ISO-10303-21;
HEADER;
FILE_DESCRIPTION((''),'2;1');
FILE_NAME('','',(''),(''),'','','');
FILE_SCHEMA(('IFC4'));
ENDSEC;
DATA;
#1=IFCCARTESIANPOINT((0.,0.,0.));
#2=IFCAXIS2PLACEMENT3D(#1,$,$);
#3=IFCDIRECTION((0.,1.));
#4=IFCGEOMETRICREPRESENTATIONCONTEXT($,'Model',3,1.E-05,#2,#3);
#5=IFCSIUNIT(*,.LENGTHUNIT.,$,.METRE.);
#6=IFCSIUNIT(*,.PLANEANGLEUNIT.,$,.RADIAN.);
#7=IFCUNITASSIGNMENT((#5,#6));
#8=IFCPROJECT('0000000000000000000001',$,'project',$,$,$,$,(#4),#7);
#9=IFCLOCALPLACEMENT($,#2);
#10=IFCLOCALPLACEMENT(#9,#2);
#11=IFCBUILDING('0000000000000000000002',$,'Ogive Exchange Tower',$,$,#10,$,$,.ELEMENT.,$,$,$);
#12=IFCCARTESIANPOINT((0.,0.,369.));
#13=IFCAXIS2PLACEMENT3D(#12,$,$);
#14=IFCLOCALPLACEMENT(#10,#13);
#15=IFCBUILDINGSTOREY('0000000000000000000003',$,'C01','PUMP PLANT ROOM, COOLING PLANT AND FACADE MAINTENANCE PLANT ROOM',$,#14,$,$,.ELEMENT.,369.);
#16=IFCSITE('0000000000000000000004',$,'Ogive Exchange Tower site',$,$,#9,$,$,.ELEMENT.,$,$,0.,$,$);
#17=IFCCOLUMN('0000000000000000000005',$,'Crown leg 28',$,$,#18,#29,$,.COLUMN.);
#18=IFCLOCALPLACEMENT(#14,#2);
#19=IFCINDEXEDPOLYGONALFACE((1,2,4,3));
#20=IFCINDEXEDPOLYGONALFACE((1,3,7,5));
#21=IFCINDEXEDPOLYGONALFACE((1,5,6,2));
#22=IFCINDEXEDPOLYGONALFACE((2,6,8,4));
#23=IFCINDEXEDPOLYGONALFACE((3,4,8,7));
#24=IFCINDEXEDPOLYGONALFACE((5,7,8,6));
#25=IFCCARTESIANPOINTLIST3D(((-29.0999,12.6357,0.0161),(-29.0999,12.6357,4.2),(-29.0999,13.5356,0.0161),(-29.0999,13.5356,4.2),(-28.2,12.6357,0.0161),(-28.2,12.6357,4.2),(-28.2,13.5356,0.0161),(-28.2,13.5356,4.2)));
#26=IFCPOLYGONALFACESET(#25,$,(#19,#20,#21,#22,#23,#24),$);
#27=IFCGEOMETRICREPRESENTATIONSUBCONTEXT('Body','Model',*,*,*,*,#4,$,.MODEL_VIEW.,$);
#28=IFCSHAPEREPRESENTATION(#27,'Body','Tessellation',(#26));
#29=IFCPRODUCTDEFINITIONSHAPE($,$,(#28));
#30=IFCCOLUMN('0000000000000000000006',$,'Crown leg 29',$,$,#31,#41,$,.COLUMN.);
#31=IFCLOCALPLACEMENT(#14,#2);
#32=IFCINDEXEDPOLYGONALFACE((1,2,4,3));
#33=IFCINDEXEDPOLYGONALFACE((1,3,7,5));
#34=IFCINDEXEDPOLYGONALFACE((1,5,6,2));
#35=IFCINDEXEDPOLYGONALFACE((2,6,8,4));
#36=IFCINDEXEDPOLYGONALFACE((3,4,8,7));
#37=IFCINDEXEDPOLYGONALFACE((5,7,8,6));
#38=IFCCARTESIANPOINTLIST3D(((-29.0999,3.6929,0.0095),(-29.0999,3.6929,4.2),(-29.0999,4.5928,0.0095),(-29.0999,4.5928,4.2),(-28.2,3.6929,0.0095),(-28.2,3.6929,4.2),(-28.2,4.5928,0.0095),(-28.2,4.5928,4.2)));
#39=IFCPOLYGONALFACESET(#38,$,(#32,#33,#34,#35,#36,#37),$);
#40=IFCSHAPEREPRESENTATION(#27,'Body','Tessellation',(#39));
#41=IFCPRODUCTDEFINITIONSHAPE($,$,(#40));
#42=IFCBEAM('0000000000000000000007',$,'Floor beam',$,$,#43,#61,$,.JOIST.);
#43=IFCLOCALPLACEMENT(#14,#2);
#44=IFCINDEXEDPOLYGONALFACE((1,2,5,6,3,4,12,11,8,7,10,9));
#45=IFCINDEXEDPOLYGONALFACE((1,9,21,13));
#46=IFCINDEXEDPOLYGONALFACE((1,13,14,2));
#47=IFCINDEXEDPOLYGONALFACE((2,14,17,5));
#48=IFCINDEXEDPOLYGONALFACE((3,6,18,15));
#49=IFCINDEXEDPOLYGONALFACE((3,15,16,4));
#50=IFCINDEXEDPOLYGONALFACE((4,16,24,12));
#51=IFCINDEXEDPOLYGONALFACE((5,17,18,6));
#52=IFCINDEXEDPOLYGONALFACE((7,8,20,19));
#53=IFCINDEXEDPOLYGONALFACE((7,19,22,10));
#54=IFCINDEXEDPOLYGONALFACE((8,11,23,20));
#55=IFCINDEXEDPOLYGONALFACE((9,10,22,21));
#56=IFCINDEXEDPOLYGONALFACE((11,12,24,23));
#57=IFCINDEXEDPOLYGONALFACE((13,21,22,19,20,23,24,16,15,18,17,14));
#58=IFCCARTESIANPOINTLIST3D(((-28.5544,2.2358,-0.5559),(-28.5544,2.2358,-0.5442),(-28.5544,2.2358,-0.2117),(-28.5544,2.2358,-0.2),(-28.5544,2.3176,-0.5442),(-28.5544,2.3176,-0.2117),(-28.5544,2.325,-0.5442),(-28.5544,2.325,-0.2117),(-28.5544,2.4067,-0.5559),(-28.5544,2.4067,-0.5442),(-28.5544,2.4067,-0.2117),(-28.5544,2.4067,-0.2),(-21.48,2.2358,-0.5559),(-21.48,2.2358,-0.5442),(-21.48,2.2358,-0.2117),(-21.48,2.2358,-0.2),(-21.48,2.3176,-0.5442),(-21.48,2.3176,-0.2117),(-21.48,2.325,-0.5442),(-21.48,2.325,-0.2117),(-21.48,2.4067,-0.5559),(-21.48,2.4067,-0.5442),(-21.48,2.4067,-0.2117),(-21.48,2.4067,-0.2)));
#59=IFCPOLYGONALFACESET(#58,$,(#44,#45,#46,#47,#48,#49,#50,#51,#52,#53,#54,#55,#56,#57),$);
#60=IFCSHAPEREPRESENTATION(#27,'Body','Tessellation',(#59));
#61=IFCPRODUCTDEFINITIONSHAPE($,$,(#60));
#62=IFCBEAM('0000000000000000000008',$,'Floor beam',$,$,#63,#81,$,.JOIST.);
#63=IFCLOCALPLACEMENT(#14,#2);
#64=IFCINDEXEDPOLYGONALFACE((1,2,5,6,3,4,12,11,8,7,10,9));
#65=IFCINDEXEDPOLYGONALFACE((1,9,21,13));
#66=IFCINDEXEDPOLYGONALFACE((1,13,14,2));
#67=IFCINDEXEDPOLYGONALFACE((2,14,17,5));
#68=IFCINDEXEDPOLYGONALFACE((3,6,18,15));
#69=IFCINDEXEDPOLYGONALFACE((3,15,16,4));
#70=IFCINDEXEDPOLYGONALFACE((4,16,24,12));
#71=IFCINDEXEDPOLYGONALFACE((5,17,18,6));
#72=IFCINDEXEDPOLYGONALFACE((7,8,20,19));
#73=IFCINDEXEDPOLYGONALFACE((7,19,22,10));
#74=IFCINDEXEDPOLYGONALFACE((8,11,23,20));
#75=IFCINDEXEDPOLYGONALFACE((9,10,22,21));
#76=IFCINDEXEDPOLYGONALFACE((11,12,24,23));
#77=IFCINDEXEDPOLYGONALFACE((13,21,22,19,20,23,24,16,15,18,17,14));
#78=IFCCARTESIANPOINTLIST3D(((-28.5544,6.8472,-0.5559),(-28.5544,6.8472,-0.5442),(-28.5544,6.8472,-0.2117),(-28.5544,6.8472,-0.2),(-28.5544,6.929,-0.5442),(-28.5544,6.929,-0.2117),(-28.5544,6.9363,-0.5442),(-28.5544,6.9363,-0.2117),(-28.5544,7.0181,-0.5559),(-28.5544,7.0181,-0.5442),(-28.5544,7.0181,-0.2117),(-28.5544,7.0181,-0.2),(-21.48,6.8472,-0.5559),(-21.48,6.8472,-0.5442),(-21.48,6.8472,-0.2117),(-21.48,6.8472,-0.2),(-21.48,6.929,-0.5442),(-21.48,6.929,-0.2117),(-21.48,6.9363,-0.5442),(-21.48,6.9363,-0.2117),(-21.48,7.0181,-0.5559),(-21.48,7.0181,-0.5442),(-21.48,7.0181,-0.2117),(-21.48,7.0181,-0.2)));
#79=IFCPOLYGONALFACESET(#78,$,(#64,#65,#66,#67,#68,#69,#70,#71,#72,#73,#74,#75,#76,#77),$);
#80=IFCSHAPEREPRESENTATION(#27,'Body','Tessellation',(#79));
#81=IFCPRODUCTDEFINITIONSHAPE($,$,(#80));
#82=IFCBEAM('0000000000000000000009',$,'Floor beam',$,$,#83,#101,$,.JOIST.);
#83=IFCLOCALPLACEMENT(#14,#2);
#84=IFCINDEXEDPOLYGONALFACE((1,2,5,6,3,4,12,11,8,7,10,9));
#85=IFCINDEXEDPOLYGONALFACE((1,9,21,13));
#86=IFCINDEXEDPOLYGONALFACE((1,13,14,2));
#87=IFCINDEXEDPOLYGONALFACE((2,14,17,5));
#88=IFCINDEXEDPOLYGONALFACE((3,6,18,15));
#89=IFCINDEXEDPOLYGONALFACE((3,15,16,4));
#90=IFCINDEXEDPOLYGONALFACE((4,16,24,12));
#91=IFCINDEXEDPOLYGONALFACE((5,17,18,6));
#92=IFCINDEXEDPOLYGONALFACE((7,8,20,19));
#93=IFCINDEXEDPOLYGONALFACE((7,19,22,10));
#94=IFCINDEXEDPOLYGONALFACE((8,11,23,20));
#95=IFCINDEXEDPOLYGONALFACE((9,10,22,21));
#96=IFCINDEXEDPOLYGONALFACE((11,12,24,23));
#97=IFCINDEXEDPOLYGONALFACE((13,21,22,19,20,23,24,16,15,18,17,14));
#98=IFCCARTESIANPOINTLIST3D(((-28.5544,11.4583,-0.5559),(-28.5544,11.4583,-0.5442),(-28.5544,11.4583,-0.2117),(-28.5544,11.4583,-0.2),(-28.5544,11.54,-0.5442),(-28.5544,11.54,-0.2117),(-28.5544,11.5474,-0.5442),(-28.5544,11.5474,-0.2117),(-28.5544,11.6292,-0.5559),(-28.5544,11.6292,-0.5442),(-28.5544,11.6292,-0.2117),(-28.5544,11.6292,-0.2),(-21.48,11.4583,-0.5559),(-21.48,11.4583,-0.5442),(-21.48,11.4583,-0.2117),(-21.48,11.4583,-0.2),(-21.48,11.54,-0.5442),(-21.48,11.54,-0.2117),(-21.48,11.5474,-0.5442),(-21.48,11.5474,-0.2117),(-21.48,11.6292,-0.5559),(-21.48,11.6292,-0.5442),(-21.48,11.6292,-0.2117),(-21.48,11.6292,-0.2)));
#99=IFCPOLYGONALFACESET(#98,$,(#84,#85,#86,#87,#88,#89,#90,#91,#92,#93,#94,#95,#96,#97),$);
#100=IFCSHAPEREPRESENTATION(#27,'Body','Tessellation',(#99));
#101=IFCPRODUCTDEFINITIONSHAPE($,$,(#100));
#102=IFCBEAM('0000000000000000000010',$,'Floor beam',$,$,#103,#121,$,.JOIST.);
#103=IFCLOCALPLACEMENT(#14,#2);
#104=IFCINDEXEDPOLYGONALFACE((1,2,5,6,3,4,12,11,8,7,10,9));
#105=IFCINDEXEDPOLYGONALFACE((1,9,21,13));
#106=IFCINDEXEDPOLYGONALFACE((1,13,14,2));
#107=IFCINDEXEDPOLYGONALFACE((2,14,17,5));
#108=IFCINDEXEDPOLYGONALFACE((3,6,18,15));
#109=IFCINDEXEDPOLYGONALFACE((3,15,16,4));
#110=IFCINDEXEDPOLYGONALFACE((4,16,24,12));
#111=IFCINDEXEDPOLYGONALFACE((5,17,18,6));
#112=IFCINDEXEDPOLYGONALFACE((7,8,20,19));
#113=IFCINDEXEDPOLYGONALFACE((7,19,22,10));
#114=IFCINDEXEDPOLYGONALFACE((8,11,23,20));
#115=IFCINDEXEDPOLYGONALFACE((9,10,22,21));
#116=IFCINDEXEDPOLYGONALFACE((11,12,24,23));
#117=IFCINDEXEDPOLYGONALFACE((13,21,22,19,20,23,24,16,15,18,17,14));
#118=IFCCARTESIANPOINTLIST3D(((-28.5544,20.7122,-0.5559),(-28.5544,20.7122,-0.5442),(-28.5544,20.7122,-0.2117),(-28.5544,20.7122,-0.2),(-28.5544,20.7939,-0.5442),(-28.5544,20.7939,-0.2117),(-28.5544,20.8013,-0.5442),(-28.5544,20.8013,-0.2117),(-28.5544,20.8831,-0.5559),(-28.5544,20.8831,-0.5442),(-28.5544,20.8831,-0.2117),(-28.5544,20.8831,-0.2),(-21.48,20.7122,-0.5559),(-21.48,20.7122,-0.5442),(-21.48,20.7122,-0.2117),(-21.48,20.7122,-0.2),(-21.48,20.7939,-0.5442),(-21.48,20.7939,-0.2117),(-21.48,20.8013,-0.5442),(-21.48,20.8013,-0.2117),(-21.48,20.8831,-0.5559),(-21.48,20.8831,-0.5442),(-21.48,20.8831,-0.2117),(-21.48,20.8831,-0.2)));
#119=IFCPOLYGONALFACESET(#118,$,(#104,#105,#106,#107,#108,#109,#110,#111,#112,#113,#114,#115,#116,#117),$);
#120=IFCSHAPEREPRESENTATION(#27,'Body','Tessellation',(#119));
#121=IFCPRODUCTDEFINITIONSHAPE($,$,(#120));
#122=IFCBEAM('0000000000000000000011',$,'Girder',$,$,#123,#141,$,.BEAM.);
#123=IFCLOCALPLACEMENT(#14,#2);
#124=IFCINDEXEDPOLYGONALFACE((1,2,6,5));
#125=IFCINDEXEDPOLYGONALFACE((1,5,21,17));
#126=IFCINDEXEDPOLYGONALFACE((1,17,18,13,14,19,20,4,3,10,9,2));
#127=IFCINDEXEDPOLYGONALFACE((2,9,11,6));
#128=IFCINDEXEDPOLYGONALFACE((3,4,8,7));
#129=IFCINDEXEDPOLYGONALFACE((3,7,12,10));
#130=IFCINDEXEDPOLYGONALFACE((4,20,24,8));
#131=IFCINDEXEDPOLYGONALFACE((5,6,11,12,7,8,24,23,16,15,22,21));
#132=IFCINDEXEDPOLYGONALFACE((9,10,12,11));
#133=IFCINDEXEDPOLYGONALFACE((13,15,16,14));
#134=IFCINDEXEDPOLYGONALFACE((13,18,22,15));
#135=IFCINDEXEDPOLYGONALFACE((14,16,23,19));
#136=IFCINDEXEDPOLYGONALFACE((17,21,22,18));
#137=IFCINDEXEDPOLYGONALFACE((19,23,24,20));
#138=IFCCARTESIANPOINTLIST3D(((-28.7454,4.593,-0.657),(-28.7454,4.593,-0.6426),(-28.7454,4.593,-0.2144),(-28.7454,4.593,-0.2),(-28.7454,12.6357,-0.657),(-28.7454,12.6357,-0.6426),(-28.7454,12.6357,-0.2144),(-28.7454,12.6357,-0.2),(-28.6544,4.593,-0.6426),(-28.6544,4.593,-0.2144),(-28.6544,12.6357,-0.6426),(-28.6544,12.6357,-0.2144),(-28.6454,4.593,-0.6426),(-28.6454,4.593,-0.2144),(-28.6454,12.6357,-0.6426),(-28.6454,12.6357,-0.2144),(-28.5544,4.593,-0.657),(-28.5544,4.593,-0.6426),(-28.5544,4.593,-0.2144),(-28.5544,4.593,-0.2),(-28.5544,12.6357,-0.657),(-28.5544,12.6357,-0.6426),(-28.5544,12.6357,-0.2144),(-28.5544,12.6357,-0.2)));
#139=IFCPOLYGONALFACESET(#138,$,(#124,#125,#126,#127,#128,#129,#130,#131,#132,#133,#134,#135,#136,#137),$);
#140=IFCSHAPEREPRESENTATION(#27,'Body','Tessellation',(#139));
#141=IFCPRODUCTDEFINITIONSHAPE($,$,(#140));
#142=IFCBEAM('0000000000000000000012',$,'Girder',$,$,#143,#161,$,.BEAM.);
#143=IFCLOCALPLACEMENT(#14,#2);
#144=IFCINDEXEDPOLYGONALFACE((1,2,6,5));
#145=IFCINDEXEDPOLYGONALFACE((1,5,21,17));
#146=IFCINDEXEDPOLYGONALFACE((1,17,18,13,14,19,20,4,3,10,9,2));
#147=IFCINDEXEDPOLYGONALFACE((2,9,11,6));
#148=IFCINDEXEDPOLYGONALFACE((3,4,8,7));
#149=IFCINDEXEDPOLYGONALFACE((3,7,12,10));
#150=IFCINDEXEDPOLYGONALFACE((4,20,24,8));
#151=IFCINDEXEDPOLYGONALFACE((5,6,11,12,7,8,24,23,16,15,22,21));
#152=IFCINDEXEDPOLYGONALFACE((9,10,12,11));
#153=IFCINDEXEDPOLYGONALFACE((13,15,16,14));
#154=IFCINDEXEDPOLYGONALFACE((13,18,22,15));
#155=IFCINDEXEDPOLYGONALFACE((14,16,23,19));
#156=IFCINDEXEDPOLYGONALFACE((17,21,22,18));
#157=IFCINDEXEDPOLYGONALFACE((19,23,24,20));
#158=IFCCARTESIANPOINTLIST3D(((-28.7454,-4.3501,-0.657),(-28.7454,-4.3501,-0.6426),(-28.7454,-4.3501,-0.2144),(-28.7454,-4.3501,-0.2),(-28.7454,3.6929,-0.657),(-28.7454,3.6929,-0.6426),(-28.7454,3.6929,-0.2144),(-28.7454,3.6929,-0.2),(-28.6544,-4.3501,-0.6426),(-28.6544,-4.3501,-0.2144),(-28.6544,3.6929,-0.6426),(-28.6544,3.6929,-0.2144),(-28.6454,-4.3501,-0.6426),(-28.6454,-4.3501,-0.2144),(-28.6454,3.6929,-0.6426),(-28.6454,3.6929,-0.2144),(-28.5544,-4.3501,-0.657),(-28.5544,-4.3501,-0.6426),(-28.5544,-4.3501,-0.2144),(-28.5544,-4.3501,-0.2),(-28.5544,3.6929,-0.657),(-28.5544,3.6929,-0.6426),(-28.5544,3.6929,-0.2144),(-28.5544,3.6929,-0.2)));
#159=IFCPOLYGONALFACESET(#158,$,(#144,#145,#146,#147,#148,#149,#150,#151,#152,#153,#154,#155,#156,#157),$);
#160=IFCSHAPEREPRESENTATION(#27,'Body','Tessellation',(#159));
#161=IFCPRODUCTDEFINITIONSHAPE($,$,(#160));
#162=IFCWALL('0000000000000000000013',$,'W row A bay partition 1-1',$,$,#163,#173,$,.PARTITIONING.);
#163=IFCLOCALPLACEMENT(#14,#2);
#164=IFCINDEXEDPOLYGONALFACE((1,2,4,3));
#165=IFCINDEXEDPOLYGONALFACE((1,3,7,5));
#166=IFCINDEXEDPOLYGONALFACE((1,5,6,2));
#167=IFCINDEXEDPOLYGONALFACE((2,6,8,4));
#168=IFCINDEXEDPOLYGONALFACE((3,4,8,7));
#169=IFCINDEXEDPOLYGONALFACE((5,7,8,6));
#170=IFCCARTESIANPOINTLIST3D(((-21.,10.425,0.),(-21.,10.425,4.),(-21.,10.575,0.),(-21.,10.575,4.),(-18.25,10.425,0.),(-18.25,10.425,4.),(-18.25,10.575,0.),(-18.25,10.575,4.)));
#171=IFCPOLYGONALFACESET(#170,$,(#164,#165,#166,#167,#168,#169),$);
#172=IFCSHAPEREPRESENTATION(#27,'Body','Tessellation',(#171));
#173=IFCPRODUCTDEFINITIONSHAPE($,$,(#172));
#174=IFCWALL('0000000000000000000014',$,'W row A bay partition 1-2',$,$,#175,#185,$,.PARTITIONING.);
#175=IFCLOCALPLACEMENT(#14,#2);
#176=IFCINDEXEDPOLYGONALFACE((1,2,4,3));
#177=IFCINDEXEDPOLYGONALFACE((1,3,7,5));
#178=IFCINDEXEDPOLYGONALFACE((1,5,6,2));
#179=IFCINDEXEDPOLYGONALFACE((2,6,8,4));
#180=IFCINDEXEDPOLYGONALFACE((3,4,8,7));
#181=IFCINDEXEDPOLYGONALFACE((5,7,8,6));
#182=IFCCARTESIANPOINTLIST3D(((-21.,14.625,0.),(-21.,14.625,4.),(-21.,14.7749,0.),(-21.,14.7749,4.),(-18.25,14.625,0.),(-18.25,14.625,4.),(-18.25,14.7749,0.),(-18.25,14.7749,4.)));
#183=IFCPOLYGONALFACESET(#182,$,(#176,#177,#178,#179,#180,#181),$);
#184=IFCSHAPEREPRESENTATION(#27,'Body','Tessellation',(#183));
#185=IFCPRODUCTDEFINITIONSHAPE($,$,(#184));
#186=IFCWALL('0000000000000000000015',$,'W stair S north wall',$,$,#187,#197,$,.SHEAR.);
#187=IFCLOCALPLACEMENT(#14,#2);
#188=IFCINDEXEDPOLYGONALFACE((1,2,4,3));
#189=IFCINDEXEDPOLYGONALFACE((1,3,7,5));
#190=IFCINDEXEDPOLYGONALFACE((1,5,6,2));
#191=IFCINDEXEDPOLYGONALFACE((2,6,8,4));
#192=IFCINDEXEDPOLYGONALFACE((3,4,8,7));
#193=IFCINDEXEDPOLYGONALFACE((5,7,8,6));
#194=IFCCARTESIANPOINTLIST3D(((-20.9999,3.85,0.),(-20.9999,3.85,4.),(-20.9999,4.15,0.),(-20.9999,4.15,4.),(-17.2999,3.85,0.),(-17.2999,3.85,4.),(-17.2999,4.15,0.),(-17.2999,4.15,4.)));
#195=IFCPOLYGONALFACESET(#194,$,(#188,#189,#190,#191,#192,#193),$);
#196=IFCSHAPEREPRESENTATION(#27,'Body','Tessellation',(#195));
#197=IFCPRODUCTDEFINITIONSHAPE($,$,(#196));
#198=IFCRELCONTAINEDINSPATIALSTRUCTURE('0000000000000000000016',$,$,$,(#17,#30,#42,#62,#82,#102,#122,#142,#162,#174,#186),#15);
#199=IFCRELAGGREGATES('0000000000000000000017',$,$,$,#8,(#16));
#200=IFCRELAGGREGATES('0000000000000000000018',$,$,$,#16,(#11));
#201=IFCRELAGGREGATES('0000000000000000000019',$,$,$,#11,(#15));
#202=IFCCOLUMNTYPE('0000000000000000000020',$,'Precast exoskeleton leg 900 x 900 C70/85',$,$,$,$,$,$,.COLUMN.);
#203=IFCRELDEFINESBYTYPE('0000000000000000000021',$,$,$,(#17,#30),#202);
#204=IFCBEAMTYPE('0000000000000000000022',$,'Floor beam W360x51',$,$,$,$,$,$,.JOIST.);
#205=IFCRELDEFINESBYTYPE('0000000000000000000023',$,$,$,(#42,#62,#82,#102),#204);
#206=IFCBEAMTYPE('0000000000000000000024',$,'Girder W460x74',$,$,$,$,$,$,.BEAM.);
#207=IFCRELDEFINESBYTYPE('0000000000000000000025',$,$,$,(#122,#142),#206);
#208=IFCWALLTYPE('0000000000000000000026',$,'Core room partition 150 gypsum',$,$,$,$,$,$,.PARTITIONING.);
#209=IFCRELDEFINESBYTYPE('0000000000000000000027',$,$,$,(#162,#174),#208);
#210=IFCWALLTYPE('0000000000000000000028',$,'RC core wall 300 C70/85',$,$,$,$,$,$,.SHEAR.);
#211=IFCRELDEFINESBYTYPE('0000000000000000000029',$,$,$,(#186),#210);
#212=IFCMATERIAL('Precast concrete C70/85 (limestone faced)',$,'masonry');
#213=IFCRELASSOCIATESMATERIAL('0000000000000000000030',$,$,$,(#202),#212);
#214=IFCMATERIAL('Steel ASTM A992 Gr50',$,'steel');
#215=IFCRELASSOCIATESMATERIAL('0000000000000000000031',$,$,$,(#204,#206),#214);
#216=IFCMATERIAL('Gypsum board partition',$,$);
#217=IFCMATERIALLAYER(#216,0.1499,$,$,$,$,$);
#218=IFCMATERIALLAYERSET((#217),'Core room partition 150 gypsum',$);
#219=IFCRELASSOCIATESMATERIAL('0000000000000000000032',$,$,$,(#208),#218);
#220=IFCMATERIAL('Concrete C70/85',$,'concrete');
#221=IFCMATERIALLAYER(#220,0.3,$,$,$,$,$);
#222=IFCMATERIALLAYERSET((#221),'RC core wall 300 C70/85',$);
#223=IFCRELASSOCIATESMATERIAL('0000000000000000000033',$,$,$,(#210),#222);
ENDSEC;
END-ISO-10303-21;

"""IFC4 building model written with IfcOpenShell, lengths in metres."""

from ifc_helpers import new_model, si_unit, direction, frame, frame_2d, origin, origin_2d, place, context, subcontext, project, spatial, rectangle, i_section, extrude, material, layer, layer_set, material_profile, profile_set, type_object, element, save


model = new_model("IFC4")

# Units and contexts
model_context = context("Model", 3, precision=1e-05, world=origin(), true_north=direction((0.0, 1.0)))
body_context = subcontext(model_context, "Body", "Model", "MODEL_VIEW")
ifc_project = project(units=[si_unit("LENGTHUNIT", "METRE"), si_unit("PLANEANGLEUNIT", "RADIAN")], contexts=[model_context])

# Site, building, storey
site_placement = place(None, origin())
site = spatial("IfcSite", under=ifc_project, at=site_placement, Name="Ogive Exchange Tower site", CompositionType="ELEMENT", RefElevation=0.0)
building_placement = place(site_placement, origin())
building = spatial("IfcBuilding", under=site, at=building_placement, Name="Ogive Exchange Tower", CompositionType="ELEMENT")
storey_placement = place(building_placement, frame((0.0, 0.0, 369.0)))
storey = spatial("IfcBuildingStorey", under=building, at=storey_placement, Name="C01", Description="PUMP PLANT ROOM, COOLING PLANT AND FACADE MAINTENANCE PLANT ROOM", CompositionType="ELEMENT", Elevation=369.0)

# Columns
ifc_material_1 = material(Name="Precast concrete C70/85 (limestone faced)", Category="masonry")
ifc_material_profile_1 = material_profile(ifc_material_1, rectangle(XDim=0.8999, YDim=0.8999, at=origin_2d()), Name="900 x 900")
ifc_profile_set_1 = profile_set([ifc_material_profile_1], Name="Precast concrete C70/85 (limestone faced)")
column_type = type_object("IfcColumnType", Name="Precast exoskeleton leg 900 x 900 C70/85", PredefinedType="COLUMN", material=ifc_profile_set_1)
column_1_placement = place(storey_placement, frame((-28.6499, 13.0857, 0.0161), z_axis=(0.0, 0.0, 1.0), x_axis=(1.0, 0.0, 0.0)))
element("IfcColumn", 1, at=column_1_placement, inside=storey, type_object=column_type, Name="Crown leg 28", PredefinedType="COLUMN", context=body_context, shape_type="SweptSolid", body=[
    extrude(rectangle(XDim=0.8999, YDim=0.8999, at=origin_2d()), origin(), (0.0, 0.0, 1.0), 4.1838),
])
column_2_placement = place(storey_placement, frame((-28.6499, 4.1428, 0.0095), z_axis=(0.0, 0.0, 1.0), x_axis=(1.0, 0.0, 0.0)))
element("IfcColumn", 2, at=column_2_placement, inside=storey, type_object=column_type, Name="Crown leg 29", PredefinedType="COLUMN", context=body_context, shape_type="SweptSolid", body=[
    extrude(rectangle(XDim=0.8999, YDim=0.8999, at=origin_2d()), origin(), (0.0, 0.0, 1.0), 4.1904),
])

# Beams
ifc_material_2 = material(Name="Steel ASTM A992 Gr50", Category="steel")
ifc_material_profile_2 = material_profile(ifc_material_2, i_section(OverallWidth=0.1709, OverallDepth=0.356, WebThickness=0.0073, FlangeThickness=0.0117, at=origin_2d()), Name="W360x51")
ifc_profile_set_2 = profile_set([ifc_material_profile_2], Name="Steel ASTM A992 Gr50")
beam_type_1 = type_object("IfcBeamType", Name="Floor beam W360x51", PredefinedType="JOIST", material=ifc_profile_set_2)
for number, where, z_axis, x_axis, name in (
    (3, (-28.5544, 2.3213, -0.3779), (1.0, 0.0, 0.0), (0.0, 1.0, 0.0), "Floor beam"),
    (4, (-28.5544, 6.9326, -0.3779), (1.0, 0.0, 0.0), (0.0, 1.0, 0.0), "Floor beam"),
    (5, (-28.5544, 11.5437, -0.3779), (1.0, 0.0, 0.0), (0.0, 1.0, 0.0), "Floor beam"),
    (6, (-28.5544, 20.7976, -0.3779), (1.0, 0.0, 0.0), (0.0, 1.0, 0.0), "Floor beam"),
):
    element("IfcBeam", number, at=place(storey_placement, frame(where, z_axis=z_axis, x_axis=x_axis)), inside=storey, type_object=beam_type_1, Name=name, PredefinedType="JOIST", context=body_context, shape_type="SweptSolid", body=[
        extrude(i_section(OverallWidth=0.1709, OverallDepth=0.356, WebThickness=0.0073, FlangeThickness=0.0117, at=origin_2d()), origin(), (0.0, 0.0, 1.0), 7.0745),
    ])
ifc_material_profile_3 = material_profile(ifc_material_2, i_section(OverallWidth=0.1909, OverallDepth=0.457, WebThickness=0.009, FlangeThickness=0.0144, at=origin_2d()), Name="W460x74")
ifc_profile_set_3 = profile_set([ifc_material_profile_3], Name="Steel ASTM A992 Gr50")
beam_type_2 = type_object("IfcBeamType", Name="Girder W460x74", PredefinedType="BEAM", material=ifc_profile_set_3)
beam_1_placement = place(storey_placement, frame((-28.6499, 12.6357, -0.4285), z_axis=(0.0, -1.0, 0.0), x_axis=(1.0, 0.0, 0.0)))
element("IfcBeam", 7, at=beam_1_placement, inside=storey, type_object=beam_type_2, Name="Girder", PredefinedType="BEAM", context=body_context, shape_type="SweptSolid", body=[
    extrude(i_section(OverallWidth=0.1909, OverallDepth=0.457, WebThickness=0.009, FlangeThickness=0.0144, at=origin_2d()), origin(), (0.0, 0.0, 1.0), 8.0427),
])
beam_2_placement = place(storey_placement, frame((-28.6499, 3.6929, -0.4285), z_axis=(0.0, -1.0, 0.0), x_axis=(1.0, 0.0, 0.0)))
element("IfcBeam", 8, at=beam_2_placement, inside=storey, type_object=beam_type_2, Name="Girder", PredefinedType="BEAM", context=body_context, shape_type="SweptSolid", body=[
    extrude(i_section(OverallWidth=0.1909, OverallDepth=0.457, WebThickness=0.009, FlangeThickness=0.0144, at=origin_2d()), origin(), (0.0, 0.0, 1.0), 8.043),
])

# Walls
ifc_material_3 = material(Name="Gypsum board partition")
ifc_layer_1 = layer(ifc_material_3, 0.1499)
ifc_layer_set_1 = layer_set([ifc_layer_1], Name="Core room partition 150 gypsum")
wall_type_1 = type_object("IfcWallType", Name="Core room partition 150 gypsum", PredefinedType="PARTITIONING", material=ifc_layer_set_1)
for number, where, z_axis, x_axis, name in (
    (9, (-21.0, 10.5, 0.0), (0.0, 0.0, 1.0), (1.0, 0.0, 0.0), "W row A bay partition 1-1"),
    (10, (-21.0, 14.7, 0.0), (0.0, 0.0, 1.0), (1.0, 0.0, 0.0), "W row A bay partition 1-2"),
):
    element("IfcWall", number, at=place(storey_placement, frame(where, z_axis=z_axis, x_axis=x_axis)), inside=storey, type_object=wall_type_1, Name=name, PredefinedType="PARTITIONING", context=body_context, shape_type="SweptSolid", body=[
        extrude(rectangle(XDim=2.75, YDim=0.1499, at=frame_2d((1.375, 0.0))), origin(), (0.0, 0.0, 1.0), 4.0),
    ])
ifc_material_4 = material(Name="Concrete C70/85", Category="concrete")
ifc_layer_2 = layer(ifc_material_4, 0.3)
ifc_layer_set_2 = layer_set([ifc_layer_2], Name="RC core wall 300 C70/85")
wall_type_2 = type_object("IfcWallType", Name="RC core wall 300 C70/85", PredefinedType="SHEAR", material=ifc_layer_set_2)
for number, where, z_axis, x_axis, name in (
    (11, (-21.0, 4.0, 0.0), (0.0, 0.0, 1.0), (1.0, 0.0, 0.0), "W stair S north wall"),
):
    element("IfcWall", number, at=place(storey_placement, frame(where, z_axis=z_axis, x_axis=x_axis)), inside=storey, type_object=wall_type_2, Name=name, PredefinedType="SHEAR", context=body_context, shape_type="SweptSolid", body=[
        extrude(rectangle(XDim=3.7, YDim=0.3, at=frame_2d((1.8501, 0.0))), origin(), (0.0, 0.0, 1.0), 4.0),
    ])

save(model, "model.ifc")
